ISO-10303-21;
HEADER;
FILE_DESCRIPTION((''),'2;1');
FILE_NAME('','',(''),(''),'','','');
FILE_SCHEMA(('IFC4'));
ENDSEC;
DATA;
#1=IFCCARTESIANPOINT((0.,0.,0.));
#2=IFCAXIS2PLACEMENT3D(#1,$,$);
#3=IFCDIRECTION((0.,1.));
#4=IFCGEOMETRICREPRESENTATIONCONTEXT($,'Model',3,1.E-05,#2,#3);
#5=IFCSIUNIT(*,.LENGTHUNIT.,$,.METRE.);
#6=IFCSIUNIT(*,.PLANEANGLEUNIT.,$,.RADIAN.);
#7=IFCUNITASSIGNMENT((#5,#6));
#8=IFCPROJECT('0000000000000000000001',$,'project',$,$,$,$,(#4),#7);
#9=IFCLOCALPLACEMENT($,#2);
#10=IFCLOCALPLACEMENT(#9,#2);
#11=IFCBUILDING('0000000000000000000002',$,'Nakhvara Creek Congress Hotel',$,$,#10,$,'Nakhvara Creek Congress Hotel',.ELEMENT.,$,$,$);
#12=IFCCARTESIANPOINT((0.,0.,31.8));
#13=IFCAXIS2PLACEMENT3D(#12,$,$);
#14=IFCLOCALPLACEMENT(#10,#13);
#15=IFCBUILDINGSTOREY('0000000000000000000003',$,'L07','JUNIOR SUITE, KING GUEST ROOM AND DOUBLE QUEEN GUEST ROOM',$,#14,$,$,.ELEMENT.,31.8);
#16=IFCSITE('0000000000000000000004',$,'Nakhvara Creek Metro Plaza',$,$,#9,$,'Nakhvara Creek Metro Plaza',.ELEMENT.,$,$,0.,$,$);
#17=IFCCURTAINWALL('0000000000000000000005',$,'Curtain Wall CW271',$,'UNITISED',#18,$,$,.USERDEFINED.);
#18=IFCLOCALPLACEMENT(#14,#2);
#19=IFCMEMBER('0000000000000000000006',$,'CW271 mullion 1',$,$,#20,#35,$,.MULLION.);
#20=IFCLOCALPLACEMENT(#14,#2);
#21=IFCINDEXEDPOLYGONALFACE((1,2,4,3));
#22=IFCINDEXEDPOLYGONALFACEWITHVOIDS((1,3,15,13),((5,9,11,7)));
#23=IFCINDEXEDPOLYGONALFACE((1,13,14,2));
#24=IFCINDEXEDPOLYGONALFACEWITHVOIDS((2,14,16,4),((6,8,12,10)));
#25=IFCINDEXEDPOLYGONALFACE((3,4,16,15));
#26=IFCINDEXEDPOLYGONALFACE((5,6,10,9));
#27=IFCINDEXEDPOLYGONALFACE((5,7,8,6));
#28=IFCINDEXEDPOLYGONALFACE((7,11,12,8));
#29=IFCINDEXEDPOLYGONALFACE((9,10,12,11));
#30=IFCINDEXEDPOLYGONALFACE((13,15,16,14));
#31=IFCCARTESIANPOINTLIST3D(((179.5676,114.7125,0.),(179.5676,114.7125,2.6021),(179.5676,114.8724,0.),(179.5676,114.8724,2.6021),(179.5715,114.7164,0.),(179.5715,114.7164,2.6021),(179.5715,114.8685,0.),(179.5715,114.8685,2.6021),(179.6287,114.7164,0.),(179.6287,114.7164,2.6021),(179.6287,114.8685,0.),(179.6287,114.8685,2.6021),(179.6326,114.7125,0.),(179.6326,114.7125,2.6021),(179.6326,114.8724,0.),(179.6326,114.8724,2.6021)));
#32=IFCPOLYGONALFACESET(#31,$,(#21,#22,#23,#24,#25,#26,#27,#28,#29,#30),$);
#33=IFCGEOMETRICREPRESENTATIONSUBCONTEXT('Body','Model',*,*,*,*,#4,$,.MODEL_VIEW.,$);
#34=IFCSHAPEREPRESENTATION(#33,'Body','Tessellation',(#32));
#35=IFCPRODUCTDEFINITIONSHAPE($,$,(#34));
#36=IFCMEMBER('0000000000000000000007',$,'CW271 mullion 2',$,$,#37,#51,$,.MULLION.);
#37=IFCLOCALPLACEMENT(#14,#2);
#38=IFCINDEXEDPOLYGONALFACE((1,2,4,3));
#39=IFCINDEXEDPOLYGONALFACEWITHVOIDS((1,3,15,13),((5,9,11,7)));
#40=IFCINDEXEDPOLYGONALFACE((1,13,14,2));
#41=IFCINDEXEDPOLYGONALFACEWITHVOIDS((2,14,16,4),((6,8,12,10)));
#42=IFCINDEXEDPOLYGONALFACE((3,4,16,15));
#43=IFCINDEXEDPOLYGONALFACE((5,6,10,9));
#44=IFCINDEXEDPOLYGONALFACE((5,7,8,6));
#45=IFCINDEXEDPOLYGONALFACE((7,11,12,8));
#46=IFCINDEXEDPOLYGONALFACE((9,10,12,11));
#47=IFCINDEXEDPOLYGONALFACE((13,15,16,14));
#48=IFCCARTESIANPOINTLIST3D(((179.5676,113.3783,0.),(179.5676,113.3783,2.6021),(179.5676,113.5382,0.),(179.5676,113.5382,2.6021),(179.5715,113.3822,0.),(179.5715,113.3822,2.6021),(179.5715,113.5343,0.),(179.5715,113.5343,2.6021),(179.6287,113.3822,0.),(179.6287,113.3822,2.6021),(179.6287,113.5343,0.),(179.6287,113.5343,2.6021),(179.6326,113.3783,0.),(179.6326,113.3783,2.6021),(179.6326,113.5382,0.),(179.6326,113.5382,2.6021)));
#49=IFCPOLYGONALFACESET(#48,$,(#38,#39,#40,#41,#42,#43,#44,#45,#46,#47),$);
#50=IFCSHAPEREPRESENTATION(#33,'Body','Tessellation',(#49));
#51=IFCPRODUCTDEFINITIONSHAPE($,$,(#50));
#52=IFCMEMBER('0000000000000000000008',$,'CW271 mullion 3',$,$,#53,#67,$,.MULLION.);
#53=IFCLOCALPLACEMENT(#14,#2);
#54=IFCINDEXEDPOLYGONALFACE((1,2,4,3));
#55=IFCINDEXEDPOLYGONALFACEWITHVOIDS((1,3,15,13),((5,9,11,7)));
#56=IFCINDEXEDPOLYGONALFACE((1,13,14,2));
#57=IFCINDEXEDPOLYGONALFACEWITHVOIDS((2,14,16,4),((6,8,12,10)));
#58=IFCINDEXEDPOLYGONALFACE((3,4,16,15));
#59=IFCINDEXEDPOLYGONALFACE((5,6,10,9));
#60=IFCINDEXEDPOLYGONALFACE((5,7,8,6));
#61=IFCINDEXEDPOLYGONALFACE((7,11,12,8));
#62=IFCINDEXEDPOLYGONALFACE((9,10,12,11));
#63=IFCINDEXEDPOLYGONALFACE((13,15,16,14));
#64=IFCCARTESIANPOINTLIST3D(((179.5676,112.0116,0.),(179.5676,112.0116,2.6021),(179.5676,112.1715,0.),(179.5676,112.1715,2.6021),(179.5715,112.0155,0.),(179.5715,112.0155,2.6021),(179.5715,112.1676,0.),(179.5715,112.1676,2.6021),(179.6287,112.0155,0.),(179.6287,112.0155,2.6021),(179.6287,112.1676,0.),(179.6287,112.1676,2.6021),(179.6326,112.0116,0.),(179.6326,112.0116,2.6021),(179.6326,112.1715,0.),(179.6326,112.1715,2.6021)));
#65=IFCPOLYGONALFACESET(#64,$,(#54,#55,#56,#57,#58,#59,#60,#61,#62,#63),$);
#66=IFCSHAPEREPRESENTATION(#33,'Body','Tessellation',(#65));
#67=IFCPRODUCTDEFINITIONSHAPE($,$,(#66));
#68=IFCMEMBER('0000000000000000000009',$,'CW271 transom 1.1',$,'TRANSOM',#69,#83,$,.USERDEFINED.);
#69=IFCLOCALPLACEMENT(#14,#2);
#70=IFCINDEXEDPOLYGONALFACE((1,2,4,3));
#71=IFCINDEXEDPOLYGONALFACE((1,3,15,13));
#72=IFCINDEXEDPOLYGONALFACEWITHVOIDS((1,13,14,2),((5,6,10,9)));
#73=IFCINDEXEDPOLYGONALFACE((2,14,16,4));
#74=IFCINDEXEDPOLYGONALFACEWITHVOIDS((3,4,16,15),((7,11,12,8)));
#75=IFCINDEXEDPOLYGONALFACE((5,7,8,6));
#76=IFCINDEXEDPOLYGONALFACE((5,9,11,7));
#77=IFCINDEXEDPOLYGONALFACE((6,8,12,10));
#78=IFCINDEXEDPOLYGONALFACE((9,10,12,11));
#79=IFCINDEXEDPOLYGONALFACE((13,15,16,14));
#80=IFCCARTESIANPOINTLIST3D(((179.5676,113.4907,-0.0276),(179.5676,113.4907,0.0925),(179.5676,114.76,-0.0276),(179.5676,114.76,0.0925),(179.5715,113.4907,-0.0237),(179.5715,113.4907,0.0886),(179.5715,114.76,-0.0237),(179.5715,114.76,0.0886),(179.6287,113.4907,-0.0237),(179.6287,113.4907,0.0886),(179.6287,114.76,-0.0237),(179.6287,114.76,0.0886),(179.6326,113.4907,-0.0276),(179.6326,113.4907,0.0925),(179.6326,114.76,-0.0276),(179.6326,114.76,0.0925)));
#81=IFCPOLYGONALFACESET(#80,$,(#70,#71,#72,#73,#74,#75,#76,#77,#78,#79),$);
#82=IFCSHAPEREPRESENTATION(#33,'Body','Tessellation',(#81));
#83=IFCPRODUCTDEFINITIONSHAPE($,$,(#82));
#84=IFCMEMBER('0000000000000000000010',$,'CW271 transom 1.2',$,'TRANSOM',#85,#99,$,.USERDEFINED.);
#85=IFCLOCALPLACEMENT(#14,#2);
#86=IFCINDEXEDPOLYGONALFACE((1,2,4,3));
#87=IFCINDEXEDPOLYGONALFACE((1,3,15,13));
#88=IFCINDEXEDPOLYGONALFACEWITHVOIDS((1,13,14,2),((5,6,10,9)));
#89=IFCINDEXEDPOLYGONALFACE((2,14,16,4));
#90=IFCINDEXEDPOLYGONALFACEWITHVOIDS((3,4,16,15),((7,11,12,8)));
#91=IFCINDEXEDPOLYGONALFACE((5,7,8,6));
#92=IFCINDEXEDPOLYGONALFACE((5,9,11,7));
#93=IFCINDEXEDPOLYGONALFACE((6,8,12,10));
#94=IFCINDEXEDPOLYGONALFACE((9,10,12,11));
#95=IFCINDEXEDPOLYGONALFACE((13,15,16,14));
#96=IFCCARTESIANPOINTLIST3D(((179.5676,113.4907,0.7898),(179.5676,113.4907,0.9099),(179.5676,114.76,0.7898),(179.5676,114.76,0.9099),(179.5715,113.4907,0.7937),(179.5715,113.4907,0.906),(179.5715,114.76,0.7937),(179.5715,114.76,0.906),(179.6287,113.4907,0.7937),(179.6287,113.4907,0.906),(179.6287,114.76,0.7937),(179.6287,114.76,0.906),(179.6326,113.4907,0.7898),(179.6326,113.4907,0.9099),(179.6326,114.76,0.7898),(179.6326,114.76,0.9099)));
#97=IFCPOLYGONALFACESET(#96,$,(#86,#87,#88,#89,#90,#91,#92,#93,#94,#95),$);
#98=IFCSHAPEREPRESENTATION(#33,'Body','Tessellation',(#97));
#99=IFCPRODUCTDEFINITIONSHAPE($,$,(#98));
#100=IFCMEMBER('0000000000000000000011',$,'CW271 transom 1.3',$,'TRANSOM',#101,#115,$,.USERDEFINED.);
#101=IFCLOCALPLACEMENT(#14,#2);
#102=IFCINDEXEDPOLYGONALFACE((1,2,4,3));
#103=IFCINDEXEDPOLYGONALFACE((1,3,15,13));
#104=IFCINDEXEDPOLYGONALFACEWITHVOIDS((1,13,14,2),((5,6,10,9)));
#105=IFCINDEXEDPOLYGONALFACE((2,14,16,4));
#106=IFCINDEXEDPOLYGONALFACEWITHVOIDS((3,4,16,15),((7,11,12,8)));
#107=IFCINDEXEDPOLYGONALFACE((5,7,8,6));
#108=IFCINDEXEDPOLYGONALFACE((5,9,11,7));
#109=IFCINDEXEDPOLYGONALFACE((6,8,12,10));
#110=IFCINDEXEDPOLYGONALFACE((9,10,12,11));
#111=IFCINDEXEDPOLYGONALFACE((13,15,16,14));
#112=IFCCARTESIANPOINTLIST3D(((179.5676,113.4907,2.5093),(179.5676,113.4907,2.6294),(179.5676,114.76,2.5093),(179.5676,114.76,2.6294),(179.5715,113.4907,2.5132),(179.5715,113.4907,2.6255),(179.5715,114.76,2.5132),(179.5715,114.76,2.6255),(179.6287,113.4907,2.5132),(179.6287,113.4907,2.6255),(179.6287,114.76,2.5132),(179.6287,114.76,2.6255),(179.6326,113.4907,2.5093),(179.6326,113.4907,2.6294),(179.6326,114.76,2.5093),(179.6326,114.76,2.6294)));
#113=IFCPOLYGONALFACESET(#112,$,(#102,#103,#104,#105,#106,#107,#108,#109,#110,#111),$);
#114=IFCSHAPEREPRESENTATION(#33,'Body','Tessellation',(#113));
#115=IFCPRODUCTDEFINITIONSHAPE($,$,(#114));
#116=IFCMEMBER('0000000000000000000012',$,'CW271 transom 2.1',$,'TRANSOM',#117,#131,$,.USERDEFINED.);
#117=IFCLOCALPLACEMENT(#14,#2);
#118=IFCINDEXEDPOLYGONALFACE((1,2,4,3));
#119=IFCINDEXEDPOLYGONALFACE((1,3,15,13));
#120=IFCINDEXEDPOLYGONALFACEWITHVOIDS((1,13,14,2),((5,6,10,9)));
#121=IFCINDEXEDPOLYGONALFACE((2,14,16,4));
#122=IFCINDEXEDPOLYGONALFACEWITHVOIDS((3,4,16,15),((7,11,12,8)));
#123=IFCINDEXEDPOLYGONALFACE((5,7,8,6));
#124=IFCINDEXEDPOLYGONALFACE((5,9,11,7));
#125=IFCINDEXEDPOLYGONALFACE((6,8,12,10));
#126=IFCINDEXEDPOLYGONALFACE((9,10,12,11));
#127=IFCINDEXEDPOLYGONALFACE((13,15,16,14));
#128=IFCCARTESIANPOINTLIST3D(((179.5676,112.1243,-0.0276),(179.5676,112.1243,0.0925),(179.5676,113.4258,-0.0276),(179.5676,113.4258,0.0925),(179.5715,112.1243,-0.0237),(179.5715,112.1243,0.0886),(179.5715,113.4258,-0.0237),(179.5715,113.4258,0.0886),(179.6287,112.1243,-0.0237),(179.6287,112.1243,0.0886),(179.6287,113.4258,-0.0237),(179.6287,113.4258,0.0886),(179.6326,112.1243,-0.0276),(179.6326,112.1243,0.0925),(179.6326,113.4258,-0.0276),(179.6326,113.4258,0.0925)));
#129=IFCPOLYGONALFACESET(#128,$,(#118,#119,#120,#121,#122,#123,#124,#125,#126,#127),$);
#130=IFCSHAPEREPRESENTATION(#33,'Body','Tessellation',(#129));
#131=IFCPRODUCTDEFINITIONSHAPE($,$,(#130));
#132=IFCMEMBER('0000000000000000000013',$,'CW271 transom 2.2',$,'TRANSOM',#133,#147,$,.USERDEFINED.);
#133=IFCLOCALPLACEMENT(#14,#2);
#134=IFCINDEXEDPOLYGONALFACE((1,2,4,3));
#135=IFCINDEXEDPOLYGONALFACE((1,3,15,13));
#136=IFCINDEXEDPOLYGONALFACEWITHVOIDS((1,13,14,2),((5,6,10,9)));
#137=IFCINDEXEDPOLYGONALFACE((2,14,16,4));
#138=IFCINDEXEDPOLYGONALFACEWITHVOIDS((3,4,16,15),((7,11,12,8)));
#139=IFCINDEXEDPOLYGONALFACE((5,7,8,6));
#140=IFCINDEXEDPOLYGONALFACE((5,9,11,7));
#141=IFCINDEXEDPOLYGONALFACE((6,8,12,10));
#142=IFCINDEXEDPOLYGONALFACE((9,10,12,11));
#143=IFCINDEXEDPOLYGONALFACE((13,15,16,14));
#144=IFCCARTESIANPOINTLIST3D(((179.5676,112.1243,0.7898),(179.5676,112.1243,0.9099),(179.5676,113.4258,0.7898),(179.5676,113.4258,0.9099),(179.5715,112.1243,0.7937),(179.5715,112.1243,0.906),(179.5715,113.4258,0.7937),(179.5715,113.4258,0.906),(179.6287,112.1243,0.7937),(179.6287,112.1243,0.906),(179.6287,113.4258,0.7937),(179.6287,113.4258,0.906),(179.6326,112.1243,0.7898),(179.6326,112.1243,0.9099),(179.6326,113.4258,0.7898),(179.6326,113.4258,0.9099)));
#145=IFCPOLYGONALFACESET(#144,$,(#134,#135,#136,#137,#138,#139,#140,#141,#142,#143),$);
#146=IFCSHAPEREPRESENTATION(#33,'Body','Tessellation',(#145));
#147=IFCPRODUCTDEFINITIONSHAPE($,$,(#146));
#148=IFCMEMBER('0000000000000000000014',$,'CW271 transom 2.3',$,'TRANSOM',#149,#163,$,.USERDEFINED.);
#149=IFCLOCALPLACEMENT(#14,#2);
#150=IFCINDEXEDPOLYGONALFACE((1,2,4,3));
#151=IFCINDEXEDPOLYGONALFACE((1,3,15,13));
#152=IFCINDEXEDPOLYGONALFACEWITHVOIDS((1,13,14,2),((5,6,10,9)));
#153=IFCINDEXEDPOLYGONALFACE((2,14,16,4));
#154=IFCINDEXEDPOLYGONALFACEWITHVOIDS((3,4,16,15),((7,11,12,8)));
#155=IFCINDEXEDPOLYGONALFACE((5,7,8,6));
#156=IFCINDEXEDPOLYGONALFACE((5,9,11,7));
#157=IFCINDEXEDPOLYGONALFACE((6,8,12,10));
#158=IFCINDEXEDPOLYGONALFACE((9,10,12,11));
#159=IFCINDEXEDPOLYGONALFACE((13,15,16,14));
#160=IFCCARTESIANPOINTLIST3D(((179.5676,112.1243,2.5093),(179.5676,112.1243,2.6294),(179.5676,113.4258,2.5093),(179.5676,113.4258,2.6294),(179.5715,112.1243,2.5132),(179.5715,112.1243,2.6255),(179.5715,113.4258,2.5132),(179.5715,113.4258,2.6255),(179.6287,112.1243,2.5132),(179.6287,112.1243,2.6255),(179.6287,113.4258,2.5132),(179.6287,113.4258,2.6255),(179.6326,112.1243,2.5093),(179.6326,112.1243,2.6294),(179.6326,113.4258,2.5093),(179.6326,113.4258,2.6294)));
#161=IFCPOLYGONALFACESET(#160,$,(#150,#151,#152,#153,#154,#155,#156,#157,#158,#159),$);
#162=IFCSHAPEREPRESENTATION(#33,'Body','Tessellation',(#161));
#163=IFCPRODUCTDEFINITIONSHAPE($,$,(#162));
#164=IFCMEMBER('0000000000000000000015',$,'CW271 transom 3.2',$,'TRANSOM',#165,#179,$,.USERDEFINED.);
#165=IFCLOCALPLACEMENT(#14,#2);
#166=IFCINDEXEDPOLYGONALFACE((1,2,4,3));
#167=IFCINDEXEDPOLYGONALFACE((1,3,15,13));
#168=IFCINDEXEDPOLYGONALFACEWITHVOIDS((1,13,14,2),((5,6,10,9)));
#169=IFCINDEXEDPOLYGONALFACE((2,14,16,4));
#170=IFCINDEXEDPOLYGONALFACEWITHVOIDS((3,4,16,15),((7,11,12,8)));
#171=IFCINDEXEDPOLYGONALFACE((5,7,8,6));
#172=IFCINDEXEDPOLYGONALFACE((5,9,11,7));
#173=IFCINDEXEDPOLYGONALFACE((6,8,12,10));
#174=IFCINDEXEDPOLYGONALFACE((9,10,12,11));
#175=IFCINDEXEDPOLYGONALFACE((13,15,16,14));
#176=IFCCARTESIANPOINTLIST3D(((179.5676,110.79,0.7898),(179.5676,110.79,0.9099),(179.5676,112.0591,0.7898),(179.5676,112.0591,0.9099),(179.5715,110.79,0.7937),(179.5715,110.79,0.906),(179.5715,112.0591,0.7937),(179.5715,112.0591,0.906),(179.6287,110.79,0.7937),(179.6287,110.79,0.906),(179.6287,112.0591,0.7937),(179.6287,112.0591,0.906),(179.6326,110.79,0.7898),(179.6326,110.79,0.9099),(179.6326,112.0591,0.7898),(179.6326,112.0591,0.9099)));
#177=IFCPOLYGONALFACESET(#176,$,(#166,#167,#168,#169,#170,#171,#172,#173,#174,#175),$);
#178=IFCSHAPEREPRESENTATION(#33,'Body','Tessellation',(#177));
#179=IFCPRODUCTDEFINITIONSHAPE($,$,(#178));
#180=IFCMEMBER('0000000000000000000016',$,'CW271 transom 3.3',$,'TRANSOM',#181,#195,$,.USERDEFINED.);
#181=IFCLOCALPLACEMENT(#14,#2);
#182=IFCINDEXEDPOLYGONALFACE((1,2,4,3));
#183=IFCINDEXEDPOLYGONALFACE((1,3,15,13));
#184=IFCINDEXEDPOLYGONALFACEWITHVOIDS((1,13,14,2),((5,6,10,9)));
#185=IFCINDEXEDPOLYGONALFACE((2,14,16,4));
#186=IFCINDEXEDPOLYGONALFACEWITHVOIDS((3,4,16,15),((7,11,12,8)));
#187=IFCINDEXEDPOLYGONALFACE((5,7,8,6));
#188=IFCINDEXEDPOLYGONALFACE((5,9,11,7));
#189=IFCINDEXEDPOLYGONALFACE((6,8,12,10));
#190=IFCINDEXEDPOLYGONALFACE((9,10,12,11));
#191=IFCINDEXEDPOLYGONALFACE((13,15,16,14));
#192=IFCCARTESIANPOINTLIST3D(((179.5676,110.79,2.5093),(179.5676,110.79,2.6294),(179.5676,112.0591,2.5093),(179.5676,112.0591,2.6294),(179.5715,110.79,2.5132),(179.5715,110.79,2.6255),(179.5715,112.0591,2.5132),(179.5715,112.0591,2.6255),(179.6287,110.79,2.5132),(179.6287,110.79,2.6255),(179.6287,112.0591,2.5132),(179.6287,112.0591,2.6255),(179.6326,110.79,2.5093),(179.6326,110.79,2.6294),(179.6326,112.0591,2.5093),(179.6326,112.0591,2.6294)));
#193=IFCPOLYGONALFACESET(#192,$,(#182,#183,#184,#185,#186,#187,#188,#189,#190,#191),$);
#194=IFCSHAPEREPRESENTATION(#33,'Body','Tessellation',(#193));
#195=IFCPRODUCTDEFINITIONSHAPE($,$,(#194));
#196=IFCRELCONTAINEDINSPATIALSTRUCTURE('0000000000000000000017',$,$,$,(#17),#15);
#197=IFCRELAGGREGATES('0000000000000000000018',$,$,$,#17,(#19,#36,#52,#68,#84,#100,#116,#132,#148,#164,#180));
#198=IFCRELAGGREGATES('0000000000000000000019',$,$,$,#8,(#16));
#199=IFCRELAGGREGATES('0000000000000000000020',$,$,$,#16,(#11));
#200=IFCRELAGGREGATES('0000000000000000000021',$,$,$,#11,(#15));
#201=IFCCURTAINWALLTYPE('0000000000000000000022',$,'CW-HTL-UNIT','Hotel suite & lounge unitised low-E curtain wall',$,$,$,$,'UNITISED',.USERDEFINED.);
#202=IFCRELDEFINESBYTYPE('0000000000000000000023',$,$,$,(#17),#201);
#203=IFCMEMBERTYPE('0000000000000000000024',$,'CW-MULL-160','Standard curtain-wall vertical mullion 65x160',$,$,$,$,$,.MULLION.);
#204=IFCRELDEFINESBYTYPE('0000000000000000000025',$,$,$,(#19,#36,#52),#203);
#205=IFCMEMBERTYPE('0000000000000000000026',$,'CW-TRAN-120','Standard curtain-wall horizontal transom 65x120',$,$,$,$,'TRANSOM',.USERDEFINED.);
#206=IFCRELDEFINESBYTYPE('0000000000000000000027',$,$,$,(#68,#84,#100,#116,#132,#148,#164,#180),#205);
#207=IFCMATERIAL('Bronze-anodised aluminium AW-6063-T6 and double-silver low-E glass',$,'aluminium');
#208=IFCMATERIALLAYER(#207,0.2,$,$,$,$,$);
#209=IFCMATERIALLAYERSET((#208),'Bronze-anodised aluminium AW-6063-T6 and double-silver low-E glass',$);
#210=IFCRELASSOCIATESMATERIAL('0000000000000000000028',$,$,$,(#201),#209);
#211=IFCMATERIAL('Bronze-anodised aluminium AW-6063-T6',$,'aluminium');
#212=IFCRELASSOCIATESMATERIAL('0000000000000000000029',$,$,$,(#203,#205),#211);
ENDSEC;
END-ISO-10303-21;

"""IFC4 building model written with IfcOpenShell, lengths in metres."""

from ifc_helpers import new_model, si_unit, direction, frame, origin, origin_2d, place, context, subcontext, project, spatial, hollow_rectangle, extrude, material, layer, layer_set, material_profile, profile_set, type_object, element, aggregate, save


model = new_model("IFC4")

# Units and contexts
model_context = context("Model", 3, precision=1e-05, world=origin(), true_north=direction((0.0, 1.0)))
body_context = subcontext(model_context, "Body", "Model", "MODEL_VIEW")
ifc_project = project(units=[si_unit("LENGTHUNIT", "METRE"), si_unit("PLANEANGLEUNIT", "RADIAN")], contexts=[model_context])

# Site, building, storey
site_placement = place(None, origin())
site = spatial("IfcSite", under=ifc_project, at=site_placement, Name="Nakhvara Creek Metro Plaza", LongName="Nakhvara Creek Metro Plaza", CompositionType="ELEMENT", RefElevation=0.0)
building_placement = place(site_placement, origin())
building = spatial("IfcBuilding", under=site, at=building_placement, Name="Nakhvara Creek Congress Hotel", LongName="Nakhvara Creek Congress Hotel", CompositionType="ELEMENT")
storey_placement = place(building_placement, frame((0.0, 0.0, 31.8)))
storey = spatial("IfcBuildingStorey", under=building, at=storey_placement, Name="L07", Description="JUNIOR SUITE, KING GUEST ROOM AND DOUBLE QUEEN GUEST ROOM", CompositionType="ELEMENT", Elevation=31.8)

# Curtain wall, members
ifc_material_1 = material(Name="Bronze-anodised aluminium AW-6063-T6 and double-silver low-E glass", Category="aluminium")
ifc_layer_1 = layer(ifc_material_1, 0.2)
ifc_layer_set_1 = layer_set([ifc_layer_1], Name="Bronze-anodised aluminium AW-6063-T6 and double-silver low-E glass")
curtain_wall_type = type_object("IfcCurtainWallType", Name="CW-HTL-UNIT", Description="Hotel suite & lounge unitised low-E curtain wall", ElementType="UNITISED", PredefinedType="USERDEFINED", material=ifc_layer_set_1)
curtain_wall_placement = place(storey_placement, origin())
curtain_wall = element("IfcCurtainWall", 1, at=curtain_wall_placement, inside=storey, type_object=curtain_wall_type, Name="Curtain Wall CW271", ObjectType="UNITISED", PredefinedType="USERDEFINED")
ifc_material_2 = material(Name="Bronze-anodised aluminium AW-6063-T6", Category="aluminium")
ifc_material_profile_1 = material_profile(ifc_material_2, hollow_rectangle(XDim=0.0649, YDim=0.1599, WallThickness=0.0039, at=origin_2d()), Name="ALU-MULL 65x160x4", Category="LoadBearing")
ifc_profile_set_1 = profile_set([ifc_material_profile_1], Name="Bronze-anodised aluminium AW-6063-T6")
member_type_1 = type_object("IfcMemberType", Name="CW-MULL-160", Description="Standard curtain-wall vertical mullion 65x160", PredefinedType="MULLION", material=ifc_profile_set_1)
member_1_placement = place(storey_placement, frame((179.6001, 114.7925, 0.0), z_axis=(0.0, 0.0, 1.0), x_axis=(1.0, 0.0, 0.0)))
member_1 = element("IfcMember", 2, at=member_1_placement, type_object=member_type_1, Name="CW271 mullion 1", PredefinedType="MULLION", context=body_context, shape_type="SweptSolid", body=[
    extrude(hollow_rectangle(XDim=0.0649, YDim=0.1599, WallThickness=0.0039, at=origin_2d()), origin(), (0.0, 0.0, 1.0), 2.6021),
])
member_2_placement = place(storey_placement, frame((179.6001, 113.4583, 0.0), z_axis=(0.0, 0.0, 1.0), x_axis=(1.0, 0.0, 0.0)))
member_2 = element("IfcMember", 3, at=member_2_placement, type_object=member_type_1, Name="CW271 mullion 2", PredefinedType="MULLION", context=body_context, shape_type="SweptSolid", body=[
    extrude(hollow_rectangle(XDim=0.0649, YDim=0.1599, WallThickness=0.0039, at=origin_2d()), origin(), (0.0, 0.0, 1.0), 2.6021),
])
member_3_placement = place(storey_placement, frame((179.6001, 112.0916, 0.0), z_axis=(0.0, 0.0, 1.0), x_axis=(1.0, 0.0, 0.0)))
member_3 = element("IfcMember", 4, at=member_3_placement, type_object=member_type_1, Name="CW271 mullion 3", PredefinedType="MULLION", context=body_context, shape_type="SweptSolid", body=[
    extrude(hollow_rectangle(XDim=0.0649, YDim=0.1599, WallThickness=0.0039, at=origin_2d()), origin(), (0.0, 0.0, 1.0), 2.6021),
])
ifc_material_profile_2 = material_profile(ifc_material_2, hollow_rectangle(XDim=0.0649, YDim=0.1201, WallThickness=0.0039, at=origin_2d()), Name="ALU-TRAN 65x120x4", Category="LoadBearing")
ifc_profile_set_2 = profile_set([ifc_material_profile_2], Name="Bronze-anodised aluminium AW-6063-T6")
member_type_2 = type_object("IfcMemberType", Name="CW-TRAN-120", Description="Standard curtain-wall horizontal transom 65x120", ElementType="TRANSOM", PredefinedType="USERDEFINED", material=ifc_profile_set_2)
member_4_placement = place(storey_placement, frame((179.6001, 114.76, 0.0325), z_axis=(0.0, -1.0, 0.0), x_axis=(1.0, 0.0, 0.0)))
member_4 = element("IfcMember", 5, at=member_4_placement, type_object=member_type_2, Name="CW271 transom 1.1", ObjectType="TRANSOM", PredefinedType="USERDEFINED", context=body_context, shape_type="SweptSolid", body=[
    extrude(hollow_rectangle(XDim=0.0649, YDim=0.1201, WallThickness=0.0039, at=origin_2d()), origin(), (0.0, 0.0, 1.0), 1.2693),
])
member_5_placement = place(storey_placement, frame((179.6001, 114.76, 0.8499), z_axis=(0.0, -1.0, 0.0), x_axis=(1.0, 0.0, 0.0)))
member_5 = element("IfcMember", 6, at=member_5_placement, type_object=member_type_2, Name="CW271 transom 1.2", ObjectType="TRANSOM", PredefinedType="USERDEFINED", context=body_context, shape_type="SweptSolid", body=[
    extrude(hollow_rectangle(XDim=0.0649, YDim=0.1201, WallThickness=0.0039, at=origin_2d()), origin(), (0.0, 0.0, 1.0), 1.2693),
])
member_6_placement = place(storey_placement, frame((179.6001, 114.76, 2.5693), z_axis=(0.0, -1.0, 0.0), x_axis=(1.0, 0.0, 0.0)))
member_6 = element("IfcMember", 7, at=member_6_placement, type_object=member_type_2, Name="CW271 transom 1.3", ObjectType="TRANSOM", PredefinedType="USERDEFINED", context=body_context, shape_type="SweptSolid", body=[
    extrude(hollow_rectangle(XDim=0.0649, YDim=0.1201, WallThickness=0.0039, at=origin_2d()), origin(), (0.0, 0.0, 1.0), 1.2693),
])
member_7_placement = place(storey_placement, frame((179.6001, 113.4258, 0.0325), z_axis=(0.0, -1.0, 0.0), x_axis=(1.0, 0.0, 0.0)))
member_7 = element("IfcMember", 8, at=member_7_placement, type_object=member_type_2, Name="CW271 transom 2.1", ObjectType="TRANSOM", PredefinedType="USERDEFINED", context=body_context, shape_type="SweptSolid", body=[
    extrude(hollow_rectangle(XDim=0.0649, YDim=0.1201, WallThickness=0.0039, at=origin_2d()), origin(), (0.0, 0.0, 1.0), 1.3015),
])
member_8_placement = place(storey_placement, frame((179.6001, 113.4258, 0.8499), z_axis=(0.0, -1.0, 0.0), x_axis=(1.0, 0.0, 0.0)))
member_8 = element("IfcMember", 9, at=member_8_placement, type_object=member_type_2, Name="CW271 transom 2.2", ObjectType="TRANSOM", PredefinedType="USERDEFINED", context=body_context, shape_type="SweptSolid", body=[
    extrude(hollow_rectangle(XDim=0.0649, YDim=0.1201, WallThickness=0.0039, at=origin_2d()), origin(), (0.0, 0.0, 1.0), 1.3015),
])
member_9_placement = place(storey_placement, frame((179.6001, 113.4258, 2.5693), z_axis=(0.0, -1.0, 0.0), x_axis=(1.0, 0.0, 0.0)))
member_9 = element("IfcMember", 10, at=member_9_placement, type_object=member_type_2, Name="CW271 transom 2.3", ObjectType="TRANSOM", PredefinedType="USERDEFINED", context=body_context, shape_type="SweptSolid", body=[
    extrude(hollow_rectangle(XDim=0.0649, YDim=0.1201, WallThickness=0.0039, at=origin_2d()), origin(), (0.0, 0.0, 1.0), 1.3015),
])
member_10_placement = place(storey_placement, frame((179.6001, 112.0591, 0.8499), z_axis=(0.0, -1.0, 0.0), x_axis=(1.0, 0.0, 0.0)))
member_10 = element("IfcMember", 11, at=member_10_placement, type_object=member_type_2, Name="CW271 transom 3.2", ObjectType="TRANSOM", PredefinedType="USERDEFINED", context=body_context, shape_type="SweptSolid", body=[
    extrude(hollow_rectangle(XDim=0.0649, YDim=0.1201, WallThickness=0.0039, at=origin_2d()), origin(), (0.0, 0.0, 1.0), 1.269),
])
member_11_placement = place(storey_placement, frame((179.6001, 112.0591, 2.5693), z_axis=(0.0, -1.0, 0.0), x_axis=(1.0, 0.0, 0.0)))
member_11 = element("IfcMember", 12, at=member_11_placement, type_object=member_type_2, Name="CW271 transom 3.3", ObjectType="TRANSOM", PredefinedType="USERDEFINED", context=body_context, shape_type="SweptSolid", body=[
    extrude(hollow_rectangle(XDim=0.0649, YDim=0.1201, WallThickness=0.0039, at=origin_2d()), origin(), (0.0, 0.0, 1.0), 1.269),
])
aggregate(curtain_wall, [member_1, member_2, member_3, member_4, member_5, member_6, member_7, member_8, member_9, member_10, member_11])

save(model, "model.ifc")
